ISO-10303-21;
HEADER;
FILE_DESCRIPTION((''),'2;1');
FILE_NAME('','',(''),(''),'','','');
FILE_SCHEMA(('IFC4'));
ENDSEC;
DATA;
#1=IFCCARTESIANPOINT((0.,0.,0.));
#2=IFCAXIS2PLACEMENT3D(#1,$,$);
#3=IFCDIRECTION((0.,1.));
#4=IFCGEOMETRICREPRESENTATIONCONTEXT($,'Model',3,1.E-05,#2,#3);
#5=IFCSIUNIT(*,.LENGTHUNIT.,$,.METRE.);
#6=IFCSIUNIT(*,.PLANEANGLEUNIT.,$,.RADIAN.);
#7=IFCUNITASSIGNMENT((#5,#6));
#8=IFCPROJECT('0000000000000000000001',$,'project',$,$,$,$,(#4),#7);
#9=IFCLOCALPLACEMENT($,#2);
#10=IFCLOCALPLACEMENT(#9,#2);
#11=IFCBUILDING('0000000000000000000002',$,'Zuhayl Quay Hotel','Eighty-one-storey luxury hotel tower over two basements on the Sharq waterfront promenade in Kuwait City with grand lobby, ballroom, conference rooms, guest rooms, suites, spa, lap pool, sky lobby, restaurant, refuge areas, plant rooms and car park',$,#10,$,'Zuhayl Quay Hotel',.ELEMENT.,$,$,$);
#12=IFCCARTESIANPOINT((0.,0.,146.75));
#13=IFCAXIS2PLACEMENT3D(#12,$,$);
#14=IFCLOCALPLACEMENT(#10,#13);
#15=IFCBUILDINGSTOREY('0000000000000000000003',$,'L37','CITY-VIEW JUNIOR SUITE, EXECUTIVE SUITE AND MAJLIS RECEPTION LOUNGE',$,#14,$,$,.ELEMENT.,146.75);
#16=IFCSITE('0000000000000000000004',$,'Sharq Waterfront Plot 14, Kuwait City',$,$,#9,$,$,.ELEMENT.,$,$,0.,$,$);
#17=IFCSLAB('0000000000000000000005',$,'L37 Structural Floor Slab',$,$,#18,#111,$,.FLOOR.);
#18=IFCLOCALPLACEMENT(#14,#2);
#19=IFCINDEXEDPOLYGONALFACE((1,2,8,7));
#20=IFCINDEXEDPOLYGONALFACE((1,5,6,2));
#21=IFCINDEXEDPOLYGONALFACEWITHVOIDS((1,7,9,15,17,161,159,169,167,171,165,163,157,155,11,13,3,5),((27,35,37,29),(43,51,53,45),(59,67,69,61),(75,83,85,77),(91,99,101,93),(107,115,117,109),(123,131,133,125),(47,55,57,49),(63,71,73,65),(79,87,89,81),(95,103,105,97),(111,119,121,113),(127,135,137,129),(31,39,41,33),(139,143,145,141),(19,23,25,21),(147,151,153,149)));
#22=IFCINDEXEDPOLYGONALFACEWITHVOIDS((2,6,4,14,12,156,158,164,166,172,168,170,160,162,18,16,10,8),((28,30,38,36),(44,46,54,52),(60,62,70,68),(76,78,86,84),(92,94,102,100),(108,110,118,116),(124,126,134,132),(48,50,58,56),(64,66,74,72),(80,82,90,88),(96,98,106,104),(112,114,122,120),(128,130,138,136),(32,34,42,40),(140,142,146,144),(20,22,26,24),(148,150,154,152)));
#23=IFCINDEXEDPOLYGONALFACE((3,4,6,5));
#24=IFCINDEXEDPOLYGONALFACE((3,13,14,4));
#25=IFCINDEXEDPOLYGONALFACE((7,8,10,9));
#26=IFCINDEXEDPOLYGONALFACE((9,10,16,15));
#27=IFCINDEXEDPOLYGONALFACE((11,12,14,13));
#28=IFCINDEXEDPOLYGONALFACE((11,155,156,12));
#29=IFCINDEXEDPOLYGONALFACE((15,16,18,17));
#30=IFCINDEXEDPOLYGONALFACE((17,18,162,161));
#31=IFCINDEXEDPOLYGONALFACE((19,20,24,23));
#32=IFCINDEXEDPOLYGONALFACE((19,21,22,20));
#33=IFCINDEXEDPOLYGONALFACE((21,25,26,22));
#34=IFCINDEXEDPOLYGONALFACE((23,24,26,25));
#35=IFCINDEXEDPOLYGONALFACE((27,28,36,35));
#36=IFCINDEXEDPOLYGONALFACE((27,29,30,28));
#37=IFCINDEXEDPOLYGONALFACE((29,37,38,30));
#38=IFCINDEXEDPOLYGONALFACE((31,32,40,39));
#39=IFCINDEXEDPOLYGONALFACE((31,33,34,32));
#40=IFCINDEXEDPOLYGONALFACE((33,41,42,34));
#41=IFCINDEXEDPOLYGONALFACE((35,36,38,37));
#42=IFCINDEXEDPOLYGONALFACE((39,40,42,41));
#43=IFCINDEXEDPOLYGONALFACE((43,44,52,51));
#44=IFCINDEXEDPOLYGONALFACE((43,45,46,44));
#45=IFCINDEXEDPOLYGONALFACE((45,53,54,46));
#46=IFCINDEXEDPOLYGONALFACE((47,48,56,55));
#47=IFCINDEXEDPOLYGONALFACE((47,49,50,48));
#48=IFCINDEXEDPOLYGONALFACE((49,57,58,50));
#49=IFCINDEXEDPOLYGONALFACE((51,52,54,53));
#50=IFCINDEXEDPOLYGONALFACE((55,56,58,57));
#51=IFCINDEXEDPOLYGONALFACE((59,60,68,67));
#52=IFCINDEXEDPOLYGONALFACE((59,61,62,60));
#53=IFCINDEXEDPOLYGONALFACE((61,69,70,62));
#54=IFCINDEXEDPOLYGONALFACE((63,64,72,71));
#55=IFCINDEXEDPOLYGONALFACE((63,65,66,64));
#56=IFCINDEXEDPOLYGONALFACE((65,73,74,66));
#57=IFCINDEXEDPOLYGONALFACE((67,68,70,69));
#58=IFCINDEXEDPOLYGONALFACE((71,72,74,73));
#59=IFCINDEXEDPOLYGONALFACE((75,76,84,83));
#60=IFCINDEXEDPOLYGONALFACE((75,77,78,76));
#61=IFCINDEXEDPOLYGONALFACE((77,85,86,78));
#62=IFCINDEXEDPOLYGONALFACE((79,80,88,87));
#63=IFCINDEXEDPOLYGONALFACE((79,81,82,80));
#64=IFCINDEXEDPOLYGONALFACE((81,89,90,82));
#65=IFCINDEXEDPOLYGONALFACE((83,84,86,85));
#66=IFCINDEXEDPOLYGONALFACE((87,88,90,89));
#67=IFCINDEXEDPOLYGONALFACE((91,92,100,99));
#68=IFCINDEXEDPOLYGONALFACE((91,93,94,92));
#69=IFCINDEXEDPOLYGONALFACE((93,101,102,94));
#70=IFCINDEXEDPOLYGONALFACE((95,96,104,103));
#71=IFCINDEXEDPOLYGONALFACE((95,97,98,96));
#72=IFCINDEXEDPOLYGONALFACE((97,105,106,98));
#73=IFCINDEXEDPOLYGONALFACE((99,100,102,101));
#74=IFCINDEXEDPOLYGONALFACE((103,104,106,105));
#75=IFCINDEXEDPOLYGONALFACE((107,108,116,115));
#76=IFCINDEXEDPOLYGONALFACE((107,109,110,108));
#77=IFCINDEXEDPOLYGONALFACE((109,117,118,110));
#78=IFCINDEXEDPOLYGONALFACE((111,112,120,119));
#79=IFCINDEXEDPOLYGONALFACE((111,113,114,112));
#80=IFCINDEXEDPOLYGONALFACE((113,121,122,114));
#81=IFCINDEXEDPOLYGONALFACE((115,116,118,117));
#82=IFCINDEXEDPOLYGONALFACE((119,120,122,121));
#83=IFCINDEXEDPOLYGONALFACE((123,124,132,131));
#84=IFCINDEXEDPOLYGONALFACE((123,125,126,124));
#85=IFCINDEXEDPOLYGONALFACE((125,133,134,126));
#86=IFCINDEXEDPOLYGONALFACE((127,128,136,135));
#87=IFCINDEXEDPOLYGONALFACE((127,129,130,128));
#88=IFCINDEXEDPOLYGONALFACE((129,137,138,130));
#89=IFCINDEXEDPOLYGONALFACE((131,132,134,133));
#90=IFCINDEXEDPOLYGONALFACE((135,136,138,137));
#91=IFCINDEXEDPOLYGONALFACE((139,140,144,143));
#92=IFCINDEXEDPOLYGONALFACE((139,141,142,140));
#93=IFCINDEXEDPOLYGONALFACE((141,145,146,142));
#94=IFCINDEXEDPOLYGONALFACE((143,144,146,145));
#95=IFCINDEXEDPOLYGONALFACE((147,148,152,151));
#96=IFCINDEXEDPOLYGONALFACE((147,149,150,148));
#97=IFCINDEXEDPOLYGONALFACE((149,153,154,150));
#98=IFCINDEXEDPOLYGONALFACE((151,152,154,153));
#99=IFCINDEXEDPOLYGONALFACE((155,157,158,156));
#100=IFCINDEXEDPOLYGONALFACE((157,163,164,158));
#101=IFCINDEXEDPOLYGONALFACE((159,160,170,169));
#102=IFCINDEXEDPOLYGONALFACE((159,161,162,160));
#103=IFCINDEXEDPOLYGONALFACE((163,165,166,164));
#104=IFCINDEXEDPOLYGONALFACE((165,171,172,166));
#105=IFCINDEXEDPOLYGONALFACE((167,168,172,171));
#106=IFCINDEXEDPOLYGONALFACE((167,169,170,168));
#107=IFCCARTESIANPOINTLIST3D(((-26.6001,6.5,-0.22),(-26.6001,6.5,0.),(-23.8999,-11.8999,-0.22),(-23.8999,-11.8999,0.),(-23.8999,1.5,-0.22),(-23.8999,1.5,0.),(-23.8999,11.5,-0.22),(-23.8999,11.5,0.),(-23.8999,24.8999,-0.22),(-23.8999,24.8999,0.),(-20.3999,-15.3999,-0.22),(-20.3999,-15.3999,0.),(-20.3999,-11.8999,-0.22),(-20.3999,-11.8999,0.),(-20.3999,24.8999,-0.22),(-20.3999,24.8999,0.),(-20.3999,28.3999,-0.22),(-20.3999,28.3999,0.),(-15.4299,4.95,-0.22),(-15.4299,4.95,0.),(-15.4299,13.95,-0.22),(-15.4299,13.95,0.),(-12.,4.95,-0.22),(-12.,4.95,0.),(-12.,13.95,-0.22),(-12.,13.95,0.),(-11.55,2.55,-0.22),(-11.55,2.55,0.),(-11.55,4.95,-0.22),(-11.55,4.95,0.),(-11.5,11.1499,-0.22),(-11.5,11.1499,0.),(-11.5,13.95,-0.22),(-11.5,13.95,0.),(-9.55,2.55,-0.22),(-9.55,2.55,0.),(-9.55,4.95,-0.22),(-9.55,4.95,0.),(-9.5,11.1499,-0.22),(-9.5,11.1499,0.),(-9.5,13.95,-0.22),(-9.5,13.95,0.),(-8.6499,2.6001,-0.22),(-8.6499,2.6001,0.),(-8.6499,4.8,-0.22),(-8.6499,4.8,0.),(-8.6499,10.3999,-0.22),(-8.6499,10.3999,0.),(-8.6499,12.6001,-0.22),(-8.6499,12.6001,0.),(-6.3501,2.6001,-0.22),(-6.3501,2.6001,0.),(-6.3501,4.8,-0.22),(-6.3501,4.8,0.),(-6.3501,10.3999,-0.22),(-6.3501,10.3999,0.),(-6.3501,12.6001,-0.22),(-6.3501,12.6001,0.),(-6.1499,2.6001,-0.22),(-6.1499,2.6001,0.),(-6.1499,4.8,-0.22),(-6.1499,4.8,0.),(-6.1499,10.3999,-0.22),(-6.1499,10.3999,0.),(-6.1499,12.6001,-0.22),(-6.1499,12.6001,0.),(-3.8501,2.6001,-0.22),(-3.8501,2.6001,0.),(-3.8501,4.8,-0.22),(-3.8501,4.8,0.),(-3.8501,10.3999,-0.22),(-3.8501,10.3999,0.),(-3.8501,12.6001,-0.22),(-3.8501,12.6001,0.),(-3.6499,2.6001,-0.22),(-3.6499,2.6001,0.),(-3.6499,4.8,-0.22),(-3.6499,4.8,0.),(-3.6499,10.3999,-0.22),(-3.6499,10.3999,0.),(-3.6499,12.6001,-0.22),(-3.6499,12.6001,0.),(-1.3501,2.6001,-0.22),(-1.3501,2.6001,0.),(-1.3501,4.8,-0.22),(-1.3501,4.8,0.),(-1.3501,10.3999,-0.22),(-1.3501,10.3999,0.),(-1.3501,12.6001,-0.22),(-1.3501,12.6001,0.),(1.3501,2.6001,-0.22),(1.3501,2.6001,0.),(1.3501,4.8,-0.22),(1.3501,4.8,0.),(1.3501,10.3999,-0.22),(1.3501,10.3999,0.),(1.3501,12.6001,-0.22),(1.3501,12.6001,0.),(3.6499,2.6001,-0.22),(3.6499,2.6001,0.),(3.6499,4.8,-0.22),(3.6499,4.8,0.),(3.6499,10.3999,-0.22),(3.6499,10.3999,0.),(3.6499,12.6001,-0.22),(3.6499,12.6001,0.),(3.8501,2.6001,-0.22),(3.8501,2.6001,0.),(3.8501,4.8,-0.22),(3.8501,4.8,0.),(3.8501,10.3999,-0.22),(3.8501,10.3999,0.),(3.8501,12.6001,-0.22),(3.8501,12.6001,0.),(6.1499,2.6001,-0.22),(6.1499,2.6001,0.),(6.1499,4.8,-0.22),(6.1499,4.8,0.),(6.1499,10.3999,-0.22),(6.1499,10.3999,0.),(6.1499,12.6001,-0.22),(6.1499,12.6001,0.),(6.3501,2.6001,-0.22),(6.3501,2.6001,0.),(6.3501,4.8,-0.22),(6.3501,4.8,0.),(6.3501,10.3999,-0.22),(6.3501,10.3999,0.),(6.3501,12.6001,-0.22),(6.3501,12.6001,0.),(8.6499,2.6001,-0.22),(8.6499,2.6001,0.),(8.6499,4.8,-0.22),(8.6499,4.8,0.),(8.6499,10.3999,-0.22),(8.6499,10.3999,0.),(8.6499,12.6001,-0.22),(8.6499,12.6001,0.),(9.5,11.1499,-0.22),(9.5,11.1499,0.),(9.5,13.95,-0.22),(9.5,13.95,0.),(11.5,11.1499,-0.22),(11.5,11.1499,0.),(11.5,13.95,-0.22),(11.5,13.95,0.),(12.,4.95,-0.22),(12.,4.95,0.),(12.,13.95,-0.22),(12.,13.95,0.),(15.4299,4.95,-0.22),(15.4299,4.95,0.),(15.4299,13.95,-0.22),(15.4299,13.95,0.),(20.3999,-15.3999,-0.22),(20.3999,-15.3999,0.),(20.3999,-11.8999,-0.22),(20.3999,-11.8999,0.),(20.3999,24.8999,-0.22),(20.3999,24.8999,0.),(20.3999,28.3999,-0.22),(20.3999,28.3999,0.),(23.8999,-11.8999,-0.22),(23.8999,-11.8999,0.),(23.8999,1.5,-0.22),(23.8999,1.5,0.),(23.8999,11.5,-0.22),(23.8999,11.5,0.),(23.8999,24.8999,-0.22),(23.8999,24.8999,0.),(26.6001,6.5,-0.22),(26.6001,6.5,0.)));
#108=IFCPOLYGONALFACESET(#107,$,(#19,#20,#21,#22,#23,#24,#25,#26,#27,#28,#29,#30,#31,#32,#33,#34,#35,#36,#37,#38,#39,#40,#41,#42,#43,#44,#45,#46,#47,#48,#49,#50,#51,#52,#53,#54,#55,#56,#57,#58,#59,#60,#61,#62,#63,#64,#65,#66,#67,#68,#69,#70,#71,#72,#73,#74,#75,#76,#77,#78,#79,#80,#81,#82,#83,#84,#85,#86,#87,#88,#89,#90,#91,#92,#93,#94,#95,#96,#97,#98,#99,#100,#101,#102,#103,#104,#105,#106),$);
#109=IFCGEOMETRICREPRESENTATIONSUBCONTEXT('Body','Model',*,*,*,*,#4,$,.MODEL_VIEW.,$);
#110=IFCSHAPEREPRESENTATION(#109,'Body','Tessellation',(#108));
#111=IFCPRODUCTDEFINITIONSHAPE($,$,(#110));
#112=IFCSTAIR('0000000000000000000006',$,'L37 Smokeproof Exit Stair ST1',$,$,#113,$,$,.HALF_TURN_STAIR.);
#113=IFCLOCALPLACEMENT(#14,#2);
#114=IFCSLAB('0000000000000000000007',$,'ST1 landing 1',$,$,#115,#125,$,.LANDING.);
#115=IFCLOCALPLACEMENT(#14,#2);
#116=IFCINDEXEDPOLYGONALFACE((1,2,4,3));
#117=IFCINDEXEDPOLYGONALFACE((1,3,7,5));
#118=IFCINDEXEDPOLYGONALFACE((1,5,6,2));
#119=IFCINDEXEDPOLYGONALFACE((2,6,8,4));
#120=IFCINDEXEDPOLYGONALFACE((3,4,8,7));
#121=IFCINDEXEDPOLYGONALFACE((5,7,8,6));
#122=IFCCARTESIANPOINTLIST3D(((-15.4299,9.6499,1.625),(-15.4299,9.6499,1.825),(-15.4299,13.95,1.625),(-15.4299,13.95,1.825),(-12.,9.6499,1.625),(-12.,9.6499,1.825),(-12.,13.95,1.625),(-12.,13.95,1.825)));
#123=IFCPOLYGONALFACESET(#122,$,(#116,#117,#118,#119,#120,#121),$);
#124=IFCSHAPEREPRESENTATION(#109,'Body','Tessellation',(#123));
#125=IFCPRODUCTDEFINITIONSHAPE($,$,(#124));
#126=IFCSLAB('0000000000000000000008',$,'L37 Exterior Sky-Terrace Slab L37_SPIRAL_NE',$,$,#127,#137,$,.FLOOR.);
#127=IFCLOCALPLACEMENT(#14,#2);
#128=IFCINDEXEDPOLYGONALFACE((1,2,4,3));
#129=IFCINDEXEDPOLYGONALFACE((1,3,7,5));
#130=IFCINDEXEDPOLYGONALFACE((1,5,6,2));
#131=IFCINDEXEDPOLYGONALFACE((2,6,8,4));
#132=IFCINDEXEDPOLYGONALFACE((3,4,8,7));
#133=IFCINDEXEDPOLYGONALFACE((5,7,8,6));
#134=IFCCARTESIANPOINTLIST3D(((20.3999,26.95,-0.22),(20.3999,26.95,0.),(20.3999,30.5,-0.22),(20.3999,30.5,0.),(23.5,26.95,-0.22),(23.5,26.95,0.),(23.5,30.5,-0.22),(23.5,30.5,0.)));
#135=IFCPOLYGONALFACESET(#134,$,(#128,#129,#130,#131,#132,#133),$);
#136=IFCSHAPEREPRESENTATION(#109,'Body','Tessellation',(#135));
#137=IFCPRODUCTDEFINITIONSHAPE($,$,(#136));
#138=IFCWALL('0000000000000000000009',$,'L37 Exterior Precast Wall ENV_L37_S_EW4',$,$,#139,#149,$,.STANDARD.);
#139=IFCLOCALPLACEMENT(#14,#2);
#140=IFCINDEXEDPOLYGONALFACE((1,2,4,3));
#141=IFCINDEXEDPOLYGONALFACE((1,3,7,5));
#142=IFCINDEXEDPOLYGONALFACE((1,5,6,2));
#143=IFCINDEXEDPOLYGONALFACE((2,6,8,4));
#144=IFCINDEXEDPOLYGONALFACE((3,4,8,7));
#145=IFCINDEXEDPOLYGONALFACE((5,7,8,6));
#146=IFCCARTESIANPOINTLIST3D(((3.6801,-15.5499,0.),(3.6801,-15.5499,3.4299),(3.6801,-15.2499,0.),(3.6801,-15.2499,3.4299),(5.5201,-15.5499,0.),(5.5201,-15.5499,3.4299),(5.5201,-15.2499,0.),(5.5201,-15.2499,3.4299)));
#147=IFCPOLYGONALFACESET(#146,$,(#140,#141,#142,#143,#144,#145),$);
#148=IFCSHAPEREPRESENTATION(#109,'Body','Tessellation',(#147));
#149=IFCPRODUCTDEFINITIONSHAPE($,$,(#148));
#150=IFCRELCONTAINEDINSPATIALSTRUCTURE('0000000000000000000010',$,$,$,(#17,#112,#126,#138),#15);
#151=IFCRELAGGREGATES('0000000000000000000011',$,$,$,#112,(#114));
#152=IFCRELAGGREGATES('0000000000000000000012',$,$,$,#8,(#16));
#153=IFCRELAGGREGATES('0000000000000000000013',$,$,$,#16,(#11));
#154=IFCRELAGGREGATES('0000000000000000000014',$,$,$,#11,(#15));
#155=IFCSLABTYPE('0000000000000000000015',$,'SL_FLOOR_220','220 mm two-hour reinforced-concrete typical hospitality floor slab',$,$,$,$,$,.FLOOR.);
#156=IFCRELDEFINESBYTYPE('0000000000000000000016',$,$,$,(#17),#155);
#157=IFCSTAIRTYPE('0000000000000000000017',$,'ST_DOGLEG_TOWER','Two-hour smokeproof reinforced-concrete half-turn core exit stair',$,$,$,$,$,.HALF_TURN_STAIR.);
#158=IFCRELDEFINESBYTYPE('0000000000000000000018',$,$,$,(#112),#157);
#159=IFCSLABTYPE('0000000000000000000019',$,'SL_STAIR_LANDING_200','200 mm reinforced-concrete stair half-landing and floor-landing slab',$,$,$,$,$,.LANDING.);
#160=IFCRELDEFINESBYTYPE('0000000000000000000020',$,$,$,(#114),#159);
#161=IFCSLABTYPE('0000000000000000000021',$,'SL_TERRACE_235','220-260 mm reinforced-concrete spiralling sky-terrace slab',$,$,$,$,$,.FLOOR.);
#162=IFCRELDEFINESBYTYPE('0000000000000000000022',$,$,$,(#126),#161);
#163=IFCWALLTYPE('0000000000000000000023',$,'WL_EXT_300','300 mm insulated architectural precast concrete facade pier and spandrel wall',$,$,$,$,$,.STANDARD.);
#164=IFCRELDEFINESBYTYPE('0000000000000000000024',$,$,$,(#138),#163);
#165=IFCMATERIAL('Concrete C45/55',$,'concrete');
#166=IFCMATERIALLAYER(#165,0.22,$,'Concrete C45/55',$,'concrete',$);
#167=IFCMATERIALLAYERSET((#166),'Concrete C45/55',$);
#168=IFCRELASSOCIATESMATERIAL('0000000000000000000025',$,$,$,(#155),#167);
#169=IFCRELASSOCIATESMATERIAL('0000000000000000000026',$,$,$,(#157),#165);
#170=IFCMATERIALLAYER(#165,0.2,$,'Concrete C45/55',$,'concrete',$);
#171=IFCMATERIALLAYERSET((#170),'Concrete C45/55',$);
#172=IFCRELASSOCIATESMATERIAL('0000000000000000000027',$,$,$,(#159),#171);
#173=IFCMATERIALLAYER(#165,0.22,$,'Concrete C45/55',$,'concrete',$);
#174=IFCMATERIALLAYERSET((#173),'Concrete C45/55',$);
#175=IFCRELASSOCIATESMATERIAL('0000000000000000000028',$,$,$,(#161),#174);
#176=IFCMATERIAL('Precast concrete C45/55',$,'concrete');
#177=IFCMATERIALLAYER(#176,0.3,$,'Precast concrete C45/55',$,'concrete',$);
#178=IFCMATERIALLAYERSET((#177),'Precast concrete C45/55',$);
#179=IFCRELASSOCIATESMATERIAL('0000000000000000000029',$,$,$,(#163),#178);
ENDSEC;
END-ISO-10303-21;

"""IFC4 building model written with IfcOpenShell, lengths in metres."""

from ifc_helpers import new_model, si_unit, direction, frame, frame_2d, origin, place, context, subcontext, project, spatial, polyline, rectangle, outline, extrude, material, layer, layer_set, type_object, element, aggregate, save


model = new_model("IFC4")

# Units and contexts
model_context = context("Model", 3, precision=1e-05, world=origin(), true_north=direction((0.0, 1.0)))
body_context = subcontext(model_context, "Body", "Model", "MODEL_VIEW")
ifc_project = project(units=[si_unit("LENGTHUNIT", "METRE"), si_unit("PLANEANGLEUNIT", "RADIAN")], contexts=[model_context])

# Site, building, storey
site_placement = place(None, origin())
site = spatial("IfcSite", under=ifc_project, at=site_placement, Name="Sharq Waterfront Plot 14, Kuwait City", CompositionType="ELEMENT", RefElevation=0.0)
building_placement = place(site_placement, origin())
building = spatial("IfcBuilding", under=site, at=building_placement, Name="Zuhayl Quay Hotel", Description="Eighty-one-storey luxury hotel tower over two basements on the Sharq waterfront promenade in Kuwait City with grand lobby, ballroom, conference rooms, guest rooms, suites, spa, lap pool, sky lobby, restaurant, refuge areas, plant rooms and car park", LongName="Zuhayl Quay Hotel", CompositionType="ELEMENT")
storey_placement = place(building_placement, frame((0.0, 0.0, 146.75)))
storey = spatial("IfcBuildingStorey", under=building, at=storey_placement, Name="L37", Description="CITY-VIEW JUNIOR SUITE, EXECUTIVE SUITE AND MAJLIS RECEPTION LOUNGE", CompositionType="ELEMENT", Elevation=146.75)

# Slab
ifc_material_1 = material(Name="Concrete C45/55", Category="concrete")
ifc_layer_1 = layer(ifc_material_1, 0.22, Name="Concrete C45/55", Category="concrete")
ifc_layer_set_1 = layer_set([ifc_layer_1], Name="Concrete C45/55")
slab_type_1 = type_object("IfcSlabType", Name="SL_FLOOR_220", Description="220 mm two-hour reinforced-concrete typical hospitality floor slab", PredefinedType="FLOOR", material=ifc_layer_set_1)
slab_1_placement = place(storey_placement, frame((0.0, 0.0, -0.22)))
element("IfcSlab", 1, at=slab_1_placement, inside=storey, type_object=slab_type_1, Name="L37 Structural Floor Slab", PredefinedType="FLOOR", context=body_context, shape_type="SweptSolid", body=[
    extrude(outline(polyline([(-20.3999, -15.3999), (20.3999, -15.3999), (20.3999, -11.8999), (23.8999, -11.8999), (23.8999, 1.5), (26.6001, 6.5), (23.8999, 11.5), (23.8999, 24.8999), (20.3999, 24.8999), (20.3999, 28.3999), (-20.3999, 28.3999), (-20.3999, 24.8999), (-23.8999, 24.8999), (-23.8999, 11.5), (-26.6001, 6.5), (-23.8999, 1.5), (-23.8999, -11.8999), (-20.3999, -11.8999), (-20.3999, -15.3999)]), holes=[polyline([(-12.0, 4.95), (-12.0, 13.95), (-15.4299, 13.95), (-15.4299, 4.95), (-12.0, 4.95)]), polyline([(15.4299, 4.95), (15.4299, 13.95), (12.0, 13.95), (12.0, 4.95), (15.4299, 4.95)]), polyline([(-11.5, 11.1499), (-9.5, 11.1499), (-9.5, 13.95), (-11.5, 13.95), (-11.5, 11.1499)]), polyline([(9.5, 11.1499), (11.5, 11.1499), (11.5, 13.95), (9.5, 13.95), (9.5, 11.1499)]), polyline([(-8.6499, 2.6001), (-6.3501, 2.6001), (-6.3501, 4.8), (-8.6499, 4.8), (-8.6499, 2.6001)]), polyline([(-6.1499, 2.6001), (-3.8501, 2.6001), (-3.8501, 4.8), (-6.1499, 4.8), (-6.1499, 2.6001)]), polyline([(-8.6499, 10.3999), (-6.3501, 10.3999), (-6.3501, 12.6001), (-8.6499, 12.6001), (-8.6499, 10.3999)]), polyline([(-6.1499, 10.3999), (-3.8501, 10.3999), (-3.8501, 12.6001), (-6.1499, 12.6001), (-6.1499, 10.3999)]), polyline([(-3.6499, 2.6001), (-1.3501, 2.6001), (-1.3501, 4.8), (-3.6499, 4.8), (-3.6499, 2.6001)]), polyline([(1.3501, 2.6001), (3.6499, 2.6001), (3.6499, 4.8), (1.3501, 4.8), (1.3501, 2.6001)]), polyline([(-3.6499, 10.3999), (-1.3501, 10.3999), (-1.3501, 12.6001), (-3.6499, 12.6001), (-3.6499, 10.3999)]), polyline([(1.3501, 10.3999), (3.6499, 10.3999), (3.6499, 12.6001), (1.3501, 12.6001), (1.3501, 10.3999)]), polyline([(3.8501, 2.6001), (6.1499, 2.6001), (6.1499, 4.8), (3.8501, 4.8), (3.8501, 2.6001)]), polyline([(6.3501, 2.6001), (8.6499, 2.6001), (8.6499, 4.8), (6.3501, 4.8), (6.3501, 2.6001)]), polyline([(3.8501, 10.3999), (6.1499, 10.3999), (6.1499, 12.6001), (3.8501, 12.6001), (3.8501, 10.3999)]), polyline([(6.3501, 10.3999), (8.6499, 10.3999), (8.6499, 12.6001), (6.3501, 12.6001), (6.3501, 10.3999)]), polyline([(-11.55, 2.55), (-9.55, 2.55), (-9.55, 4.95), (-11.55, 4.95), (-11.55, 2.55)])]), origin(), (0.0, 0.0, 1.0), 0.22),
])

# Stair, slab
stair_type = type_object("IfcStairType", Name="ST_DOGLEG_TOWER", Description="Two-hour smokeproof reinforced-concrete half-turn core exit stair", PredefinedType="HALF_TURN_STAIR", material=ifc_material_1)
stair_placement = place(storey_placement, origin())
stair = element("IfcStair", 2, at=stair_placement, inside=storey, type_object=stair_type, Name="L37 Smokeproof Exit Stair ST1", PredefinedType="HALF_TURN_STAIR")
ifc_layer_2 = layer(ifc_material_1, 0.2, Name="Concrete C45/55", Category="concrete")
ifc_layer_set_2 = layer_set([ifc_layer_2], Name="Concrete C45/55")
slab_type_2 = type_object("IfcSlabType", Name="SL_STAIR_LANDING_200", Description="200 mm reinforced-concrete stair half-landing and floor-landing slab", PredefinedType="LANDING", material=ifc_layer_set_2)
slab_2_placement = place(storey_placement, frame((0.0, 0.0, 1.625)))
slab_2 = element("IfcSlab", 3, at=slab_2_placement, type_object=slab_type_2, Name="ST1 landing 1", PredefinedType="LANDING", context=body_context, shape_type="SweptSolid", body=[
    extrude(outline(polyline([(-12.0, 9.6499), (-12.0, 13.95), (-15.4299, 13.95), (-15.4299, 9.6499), (-12.0, 9.6499)])), origin(), (0.0, 0.0, 1.0), 0.2),
])
aggregate(stair, [slab_2])

# Slab
ifc_layer_3 = layer(ifc_material_1, 0.22, Name="Concrete C45/55", Category="concrete")
ifc_layer_set_3 = layer_set([ifc_layer_3], Name="Concrete C45/55")
slab_type_3 = type_object("IfcSlabType", Name="SL_TERRACE_235", Description="220-260 mm reinforced-concrete spiralling sky-terrace slab", PredefinedType="FLOOR", material=ifc_layer_set_3)
slab_3_placement = place(storey_placement, frame((0.0, 0.0, -0.22)))
element("IfcSlab", 4, at=slab_3_placement, inside=storey, type_object=slab_type_3, Name="L37 Exterior Sky-Terrace Slab L37_SPIRAL_NE", PredefinedType="FLOOR", context=body_context, shape_type="SweptSolid", body=[
    extrude(outline(polyline([(20.3999, 26.95), (23.5, 26.95), (23.5, 30.5), (20.3999, 30.5), (20.3999, 26.95)])), origin(), (0.0, 0.0, 1.0), 0.22),
])

# Wall
ifc_material_2 = material(Name="Precast concrete C45/55", Category="concrete")
ifc_layer_4 = layer(ifc_material_2, 0.3, Name="Precast concrete C45/55", Category="concrete")
ifc_layer_set_4 = layer_set([ifc_layer_4], Name="Precast concrete C45/55")
wall_type_1 = type_object("IfcWallType", Name="WL_EXT_300", Description="300 mm insulated architectural precast concrete facade pier and spandrel wall", PredefinedType="STANDARD", material=ifc_layer_set_4)
wall_1_placement = place(storey_placement, frame((5.52, -15.3999, 0.0), z_axis=(0.0, 0.0, 1.0), x_axis=(-1.0, 0.0, 0.0)))
element("IfcWall", 5, at=wall_1_placement, inside=storey, type_object=wall_type_1, Name="L37 Exterior Precast Wall ENV_L37_S_EW4", PredefinedType="STANDARD", context=body_context, shape_type="SweptSolid", body=[
    extrude(rectangle(XDim=1.8401, YDim=0.3, at=frame_2d((0.9199, 0.0))), origin(), (0.0, 0.0, 1.0), 3.4299),
])

save(model, "model.ifc")
